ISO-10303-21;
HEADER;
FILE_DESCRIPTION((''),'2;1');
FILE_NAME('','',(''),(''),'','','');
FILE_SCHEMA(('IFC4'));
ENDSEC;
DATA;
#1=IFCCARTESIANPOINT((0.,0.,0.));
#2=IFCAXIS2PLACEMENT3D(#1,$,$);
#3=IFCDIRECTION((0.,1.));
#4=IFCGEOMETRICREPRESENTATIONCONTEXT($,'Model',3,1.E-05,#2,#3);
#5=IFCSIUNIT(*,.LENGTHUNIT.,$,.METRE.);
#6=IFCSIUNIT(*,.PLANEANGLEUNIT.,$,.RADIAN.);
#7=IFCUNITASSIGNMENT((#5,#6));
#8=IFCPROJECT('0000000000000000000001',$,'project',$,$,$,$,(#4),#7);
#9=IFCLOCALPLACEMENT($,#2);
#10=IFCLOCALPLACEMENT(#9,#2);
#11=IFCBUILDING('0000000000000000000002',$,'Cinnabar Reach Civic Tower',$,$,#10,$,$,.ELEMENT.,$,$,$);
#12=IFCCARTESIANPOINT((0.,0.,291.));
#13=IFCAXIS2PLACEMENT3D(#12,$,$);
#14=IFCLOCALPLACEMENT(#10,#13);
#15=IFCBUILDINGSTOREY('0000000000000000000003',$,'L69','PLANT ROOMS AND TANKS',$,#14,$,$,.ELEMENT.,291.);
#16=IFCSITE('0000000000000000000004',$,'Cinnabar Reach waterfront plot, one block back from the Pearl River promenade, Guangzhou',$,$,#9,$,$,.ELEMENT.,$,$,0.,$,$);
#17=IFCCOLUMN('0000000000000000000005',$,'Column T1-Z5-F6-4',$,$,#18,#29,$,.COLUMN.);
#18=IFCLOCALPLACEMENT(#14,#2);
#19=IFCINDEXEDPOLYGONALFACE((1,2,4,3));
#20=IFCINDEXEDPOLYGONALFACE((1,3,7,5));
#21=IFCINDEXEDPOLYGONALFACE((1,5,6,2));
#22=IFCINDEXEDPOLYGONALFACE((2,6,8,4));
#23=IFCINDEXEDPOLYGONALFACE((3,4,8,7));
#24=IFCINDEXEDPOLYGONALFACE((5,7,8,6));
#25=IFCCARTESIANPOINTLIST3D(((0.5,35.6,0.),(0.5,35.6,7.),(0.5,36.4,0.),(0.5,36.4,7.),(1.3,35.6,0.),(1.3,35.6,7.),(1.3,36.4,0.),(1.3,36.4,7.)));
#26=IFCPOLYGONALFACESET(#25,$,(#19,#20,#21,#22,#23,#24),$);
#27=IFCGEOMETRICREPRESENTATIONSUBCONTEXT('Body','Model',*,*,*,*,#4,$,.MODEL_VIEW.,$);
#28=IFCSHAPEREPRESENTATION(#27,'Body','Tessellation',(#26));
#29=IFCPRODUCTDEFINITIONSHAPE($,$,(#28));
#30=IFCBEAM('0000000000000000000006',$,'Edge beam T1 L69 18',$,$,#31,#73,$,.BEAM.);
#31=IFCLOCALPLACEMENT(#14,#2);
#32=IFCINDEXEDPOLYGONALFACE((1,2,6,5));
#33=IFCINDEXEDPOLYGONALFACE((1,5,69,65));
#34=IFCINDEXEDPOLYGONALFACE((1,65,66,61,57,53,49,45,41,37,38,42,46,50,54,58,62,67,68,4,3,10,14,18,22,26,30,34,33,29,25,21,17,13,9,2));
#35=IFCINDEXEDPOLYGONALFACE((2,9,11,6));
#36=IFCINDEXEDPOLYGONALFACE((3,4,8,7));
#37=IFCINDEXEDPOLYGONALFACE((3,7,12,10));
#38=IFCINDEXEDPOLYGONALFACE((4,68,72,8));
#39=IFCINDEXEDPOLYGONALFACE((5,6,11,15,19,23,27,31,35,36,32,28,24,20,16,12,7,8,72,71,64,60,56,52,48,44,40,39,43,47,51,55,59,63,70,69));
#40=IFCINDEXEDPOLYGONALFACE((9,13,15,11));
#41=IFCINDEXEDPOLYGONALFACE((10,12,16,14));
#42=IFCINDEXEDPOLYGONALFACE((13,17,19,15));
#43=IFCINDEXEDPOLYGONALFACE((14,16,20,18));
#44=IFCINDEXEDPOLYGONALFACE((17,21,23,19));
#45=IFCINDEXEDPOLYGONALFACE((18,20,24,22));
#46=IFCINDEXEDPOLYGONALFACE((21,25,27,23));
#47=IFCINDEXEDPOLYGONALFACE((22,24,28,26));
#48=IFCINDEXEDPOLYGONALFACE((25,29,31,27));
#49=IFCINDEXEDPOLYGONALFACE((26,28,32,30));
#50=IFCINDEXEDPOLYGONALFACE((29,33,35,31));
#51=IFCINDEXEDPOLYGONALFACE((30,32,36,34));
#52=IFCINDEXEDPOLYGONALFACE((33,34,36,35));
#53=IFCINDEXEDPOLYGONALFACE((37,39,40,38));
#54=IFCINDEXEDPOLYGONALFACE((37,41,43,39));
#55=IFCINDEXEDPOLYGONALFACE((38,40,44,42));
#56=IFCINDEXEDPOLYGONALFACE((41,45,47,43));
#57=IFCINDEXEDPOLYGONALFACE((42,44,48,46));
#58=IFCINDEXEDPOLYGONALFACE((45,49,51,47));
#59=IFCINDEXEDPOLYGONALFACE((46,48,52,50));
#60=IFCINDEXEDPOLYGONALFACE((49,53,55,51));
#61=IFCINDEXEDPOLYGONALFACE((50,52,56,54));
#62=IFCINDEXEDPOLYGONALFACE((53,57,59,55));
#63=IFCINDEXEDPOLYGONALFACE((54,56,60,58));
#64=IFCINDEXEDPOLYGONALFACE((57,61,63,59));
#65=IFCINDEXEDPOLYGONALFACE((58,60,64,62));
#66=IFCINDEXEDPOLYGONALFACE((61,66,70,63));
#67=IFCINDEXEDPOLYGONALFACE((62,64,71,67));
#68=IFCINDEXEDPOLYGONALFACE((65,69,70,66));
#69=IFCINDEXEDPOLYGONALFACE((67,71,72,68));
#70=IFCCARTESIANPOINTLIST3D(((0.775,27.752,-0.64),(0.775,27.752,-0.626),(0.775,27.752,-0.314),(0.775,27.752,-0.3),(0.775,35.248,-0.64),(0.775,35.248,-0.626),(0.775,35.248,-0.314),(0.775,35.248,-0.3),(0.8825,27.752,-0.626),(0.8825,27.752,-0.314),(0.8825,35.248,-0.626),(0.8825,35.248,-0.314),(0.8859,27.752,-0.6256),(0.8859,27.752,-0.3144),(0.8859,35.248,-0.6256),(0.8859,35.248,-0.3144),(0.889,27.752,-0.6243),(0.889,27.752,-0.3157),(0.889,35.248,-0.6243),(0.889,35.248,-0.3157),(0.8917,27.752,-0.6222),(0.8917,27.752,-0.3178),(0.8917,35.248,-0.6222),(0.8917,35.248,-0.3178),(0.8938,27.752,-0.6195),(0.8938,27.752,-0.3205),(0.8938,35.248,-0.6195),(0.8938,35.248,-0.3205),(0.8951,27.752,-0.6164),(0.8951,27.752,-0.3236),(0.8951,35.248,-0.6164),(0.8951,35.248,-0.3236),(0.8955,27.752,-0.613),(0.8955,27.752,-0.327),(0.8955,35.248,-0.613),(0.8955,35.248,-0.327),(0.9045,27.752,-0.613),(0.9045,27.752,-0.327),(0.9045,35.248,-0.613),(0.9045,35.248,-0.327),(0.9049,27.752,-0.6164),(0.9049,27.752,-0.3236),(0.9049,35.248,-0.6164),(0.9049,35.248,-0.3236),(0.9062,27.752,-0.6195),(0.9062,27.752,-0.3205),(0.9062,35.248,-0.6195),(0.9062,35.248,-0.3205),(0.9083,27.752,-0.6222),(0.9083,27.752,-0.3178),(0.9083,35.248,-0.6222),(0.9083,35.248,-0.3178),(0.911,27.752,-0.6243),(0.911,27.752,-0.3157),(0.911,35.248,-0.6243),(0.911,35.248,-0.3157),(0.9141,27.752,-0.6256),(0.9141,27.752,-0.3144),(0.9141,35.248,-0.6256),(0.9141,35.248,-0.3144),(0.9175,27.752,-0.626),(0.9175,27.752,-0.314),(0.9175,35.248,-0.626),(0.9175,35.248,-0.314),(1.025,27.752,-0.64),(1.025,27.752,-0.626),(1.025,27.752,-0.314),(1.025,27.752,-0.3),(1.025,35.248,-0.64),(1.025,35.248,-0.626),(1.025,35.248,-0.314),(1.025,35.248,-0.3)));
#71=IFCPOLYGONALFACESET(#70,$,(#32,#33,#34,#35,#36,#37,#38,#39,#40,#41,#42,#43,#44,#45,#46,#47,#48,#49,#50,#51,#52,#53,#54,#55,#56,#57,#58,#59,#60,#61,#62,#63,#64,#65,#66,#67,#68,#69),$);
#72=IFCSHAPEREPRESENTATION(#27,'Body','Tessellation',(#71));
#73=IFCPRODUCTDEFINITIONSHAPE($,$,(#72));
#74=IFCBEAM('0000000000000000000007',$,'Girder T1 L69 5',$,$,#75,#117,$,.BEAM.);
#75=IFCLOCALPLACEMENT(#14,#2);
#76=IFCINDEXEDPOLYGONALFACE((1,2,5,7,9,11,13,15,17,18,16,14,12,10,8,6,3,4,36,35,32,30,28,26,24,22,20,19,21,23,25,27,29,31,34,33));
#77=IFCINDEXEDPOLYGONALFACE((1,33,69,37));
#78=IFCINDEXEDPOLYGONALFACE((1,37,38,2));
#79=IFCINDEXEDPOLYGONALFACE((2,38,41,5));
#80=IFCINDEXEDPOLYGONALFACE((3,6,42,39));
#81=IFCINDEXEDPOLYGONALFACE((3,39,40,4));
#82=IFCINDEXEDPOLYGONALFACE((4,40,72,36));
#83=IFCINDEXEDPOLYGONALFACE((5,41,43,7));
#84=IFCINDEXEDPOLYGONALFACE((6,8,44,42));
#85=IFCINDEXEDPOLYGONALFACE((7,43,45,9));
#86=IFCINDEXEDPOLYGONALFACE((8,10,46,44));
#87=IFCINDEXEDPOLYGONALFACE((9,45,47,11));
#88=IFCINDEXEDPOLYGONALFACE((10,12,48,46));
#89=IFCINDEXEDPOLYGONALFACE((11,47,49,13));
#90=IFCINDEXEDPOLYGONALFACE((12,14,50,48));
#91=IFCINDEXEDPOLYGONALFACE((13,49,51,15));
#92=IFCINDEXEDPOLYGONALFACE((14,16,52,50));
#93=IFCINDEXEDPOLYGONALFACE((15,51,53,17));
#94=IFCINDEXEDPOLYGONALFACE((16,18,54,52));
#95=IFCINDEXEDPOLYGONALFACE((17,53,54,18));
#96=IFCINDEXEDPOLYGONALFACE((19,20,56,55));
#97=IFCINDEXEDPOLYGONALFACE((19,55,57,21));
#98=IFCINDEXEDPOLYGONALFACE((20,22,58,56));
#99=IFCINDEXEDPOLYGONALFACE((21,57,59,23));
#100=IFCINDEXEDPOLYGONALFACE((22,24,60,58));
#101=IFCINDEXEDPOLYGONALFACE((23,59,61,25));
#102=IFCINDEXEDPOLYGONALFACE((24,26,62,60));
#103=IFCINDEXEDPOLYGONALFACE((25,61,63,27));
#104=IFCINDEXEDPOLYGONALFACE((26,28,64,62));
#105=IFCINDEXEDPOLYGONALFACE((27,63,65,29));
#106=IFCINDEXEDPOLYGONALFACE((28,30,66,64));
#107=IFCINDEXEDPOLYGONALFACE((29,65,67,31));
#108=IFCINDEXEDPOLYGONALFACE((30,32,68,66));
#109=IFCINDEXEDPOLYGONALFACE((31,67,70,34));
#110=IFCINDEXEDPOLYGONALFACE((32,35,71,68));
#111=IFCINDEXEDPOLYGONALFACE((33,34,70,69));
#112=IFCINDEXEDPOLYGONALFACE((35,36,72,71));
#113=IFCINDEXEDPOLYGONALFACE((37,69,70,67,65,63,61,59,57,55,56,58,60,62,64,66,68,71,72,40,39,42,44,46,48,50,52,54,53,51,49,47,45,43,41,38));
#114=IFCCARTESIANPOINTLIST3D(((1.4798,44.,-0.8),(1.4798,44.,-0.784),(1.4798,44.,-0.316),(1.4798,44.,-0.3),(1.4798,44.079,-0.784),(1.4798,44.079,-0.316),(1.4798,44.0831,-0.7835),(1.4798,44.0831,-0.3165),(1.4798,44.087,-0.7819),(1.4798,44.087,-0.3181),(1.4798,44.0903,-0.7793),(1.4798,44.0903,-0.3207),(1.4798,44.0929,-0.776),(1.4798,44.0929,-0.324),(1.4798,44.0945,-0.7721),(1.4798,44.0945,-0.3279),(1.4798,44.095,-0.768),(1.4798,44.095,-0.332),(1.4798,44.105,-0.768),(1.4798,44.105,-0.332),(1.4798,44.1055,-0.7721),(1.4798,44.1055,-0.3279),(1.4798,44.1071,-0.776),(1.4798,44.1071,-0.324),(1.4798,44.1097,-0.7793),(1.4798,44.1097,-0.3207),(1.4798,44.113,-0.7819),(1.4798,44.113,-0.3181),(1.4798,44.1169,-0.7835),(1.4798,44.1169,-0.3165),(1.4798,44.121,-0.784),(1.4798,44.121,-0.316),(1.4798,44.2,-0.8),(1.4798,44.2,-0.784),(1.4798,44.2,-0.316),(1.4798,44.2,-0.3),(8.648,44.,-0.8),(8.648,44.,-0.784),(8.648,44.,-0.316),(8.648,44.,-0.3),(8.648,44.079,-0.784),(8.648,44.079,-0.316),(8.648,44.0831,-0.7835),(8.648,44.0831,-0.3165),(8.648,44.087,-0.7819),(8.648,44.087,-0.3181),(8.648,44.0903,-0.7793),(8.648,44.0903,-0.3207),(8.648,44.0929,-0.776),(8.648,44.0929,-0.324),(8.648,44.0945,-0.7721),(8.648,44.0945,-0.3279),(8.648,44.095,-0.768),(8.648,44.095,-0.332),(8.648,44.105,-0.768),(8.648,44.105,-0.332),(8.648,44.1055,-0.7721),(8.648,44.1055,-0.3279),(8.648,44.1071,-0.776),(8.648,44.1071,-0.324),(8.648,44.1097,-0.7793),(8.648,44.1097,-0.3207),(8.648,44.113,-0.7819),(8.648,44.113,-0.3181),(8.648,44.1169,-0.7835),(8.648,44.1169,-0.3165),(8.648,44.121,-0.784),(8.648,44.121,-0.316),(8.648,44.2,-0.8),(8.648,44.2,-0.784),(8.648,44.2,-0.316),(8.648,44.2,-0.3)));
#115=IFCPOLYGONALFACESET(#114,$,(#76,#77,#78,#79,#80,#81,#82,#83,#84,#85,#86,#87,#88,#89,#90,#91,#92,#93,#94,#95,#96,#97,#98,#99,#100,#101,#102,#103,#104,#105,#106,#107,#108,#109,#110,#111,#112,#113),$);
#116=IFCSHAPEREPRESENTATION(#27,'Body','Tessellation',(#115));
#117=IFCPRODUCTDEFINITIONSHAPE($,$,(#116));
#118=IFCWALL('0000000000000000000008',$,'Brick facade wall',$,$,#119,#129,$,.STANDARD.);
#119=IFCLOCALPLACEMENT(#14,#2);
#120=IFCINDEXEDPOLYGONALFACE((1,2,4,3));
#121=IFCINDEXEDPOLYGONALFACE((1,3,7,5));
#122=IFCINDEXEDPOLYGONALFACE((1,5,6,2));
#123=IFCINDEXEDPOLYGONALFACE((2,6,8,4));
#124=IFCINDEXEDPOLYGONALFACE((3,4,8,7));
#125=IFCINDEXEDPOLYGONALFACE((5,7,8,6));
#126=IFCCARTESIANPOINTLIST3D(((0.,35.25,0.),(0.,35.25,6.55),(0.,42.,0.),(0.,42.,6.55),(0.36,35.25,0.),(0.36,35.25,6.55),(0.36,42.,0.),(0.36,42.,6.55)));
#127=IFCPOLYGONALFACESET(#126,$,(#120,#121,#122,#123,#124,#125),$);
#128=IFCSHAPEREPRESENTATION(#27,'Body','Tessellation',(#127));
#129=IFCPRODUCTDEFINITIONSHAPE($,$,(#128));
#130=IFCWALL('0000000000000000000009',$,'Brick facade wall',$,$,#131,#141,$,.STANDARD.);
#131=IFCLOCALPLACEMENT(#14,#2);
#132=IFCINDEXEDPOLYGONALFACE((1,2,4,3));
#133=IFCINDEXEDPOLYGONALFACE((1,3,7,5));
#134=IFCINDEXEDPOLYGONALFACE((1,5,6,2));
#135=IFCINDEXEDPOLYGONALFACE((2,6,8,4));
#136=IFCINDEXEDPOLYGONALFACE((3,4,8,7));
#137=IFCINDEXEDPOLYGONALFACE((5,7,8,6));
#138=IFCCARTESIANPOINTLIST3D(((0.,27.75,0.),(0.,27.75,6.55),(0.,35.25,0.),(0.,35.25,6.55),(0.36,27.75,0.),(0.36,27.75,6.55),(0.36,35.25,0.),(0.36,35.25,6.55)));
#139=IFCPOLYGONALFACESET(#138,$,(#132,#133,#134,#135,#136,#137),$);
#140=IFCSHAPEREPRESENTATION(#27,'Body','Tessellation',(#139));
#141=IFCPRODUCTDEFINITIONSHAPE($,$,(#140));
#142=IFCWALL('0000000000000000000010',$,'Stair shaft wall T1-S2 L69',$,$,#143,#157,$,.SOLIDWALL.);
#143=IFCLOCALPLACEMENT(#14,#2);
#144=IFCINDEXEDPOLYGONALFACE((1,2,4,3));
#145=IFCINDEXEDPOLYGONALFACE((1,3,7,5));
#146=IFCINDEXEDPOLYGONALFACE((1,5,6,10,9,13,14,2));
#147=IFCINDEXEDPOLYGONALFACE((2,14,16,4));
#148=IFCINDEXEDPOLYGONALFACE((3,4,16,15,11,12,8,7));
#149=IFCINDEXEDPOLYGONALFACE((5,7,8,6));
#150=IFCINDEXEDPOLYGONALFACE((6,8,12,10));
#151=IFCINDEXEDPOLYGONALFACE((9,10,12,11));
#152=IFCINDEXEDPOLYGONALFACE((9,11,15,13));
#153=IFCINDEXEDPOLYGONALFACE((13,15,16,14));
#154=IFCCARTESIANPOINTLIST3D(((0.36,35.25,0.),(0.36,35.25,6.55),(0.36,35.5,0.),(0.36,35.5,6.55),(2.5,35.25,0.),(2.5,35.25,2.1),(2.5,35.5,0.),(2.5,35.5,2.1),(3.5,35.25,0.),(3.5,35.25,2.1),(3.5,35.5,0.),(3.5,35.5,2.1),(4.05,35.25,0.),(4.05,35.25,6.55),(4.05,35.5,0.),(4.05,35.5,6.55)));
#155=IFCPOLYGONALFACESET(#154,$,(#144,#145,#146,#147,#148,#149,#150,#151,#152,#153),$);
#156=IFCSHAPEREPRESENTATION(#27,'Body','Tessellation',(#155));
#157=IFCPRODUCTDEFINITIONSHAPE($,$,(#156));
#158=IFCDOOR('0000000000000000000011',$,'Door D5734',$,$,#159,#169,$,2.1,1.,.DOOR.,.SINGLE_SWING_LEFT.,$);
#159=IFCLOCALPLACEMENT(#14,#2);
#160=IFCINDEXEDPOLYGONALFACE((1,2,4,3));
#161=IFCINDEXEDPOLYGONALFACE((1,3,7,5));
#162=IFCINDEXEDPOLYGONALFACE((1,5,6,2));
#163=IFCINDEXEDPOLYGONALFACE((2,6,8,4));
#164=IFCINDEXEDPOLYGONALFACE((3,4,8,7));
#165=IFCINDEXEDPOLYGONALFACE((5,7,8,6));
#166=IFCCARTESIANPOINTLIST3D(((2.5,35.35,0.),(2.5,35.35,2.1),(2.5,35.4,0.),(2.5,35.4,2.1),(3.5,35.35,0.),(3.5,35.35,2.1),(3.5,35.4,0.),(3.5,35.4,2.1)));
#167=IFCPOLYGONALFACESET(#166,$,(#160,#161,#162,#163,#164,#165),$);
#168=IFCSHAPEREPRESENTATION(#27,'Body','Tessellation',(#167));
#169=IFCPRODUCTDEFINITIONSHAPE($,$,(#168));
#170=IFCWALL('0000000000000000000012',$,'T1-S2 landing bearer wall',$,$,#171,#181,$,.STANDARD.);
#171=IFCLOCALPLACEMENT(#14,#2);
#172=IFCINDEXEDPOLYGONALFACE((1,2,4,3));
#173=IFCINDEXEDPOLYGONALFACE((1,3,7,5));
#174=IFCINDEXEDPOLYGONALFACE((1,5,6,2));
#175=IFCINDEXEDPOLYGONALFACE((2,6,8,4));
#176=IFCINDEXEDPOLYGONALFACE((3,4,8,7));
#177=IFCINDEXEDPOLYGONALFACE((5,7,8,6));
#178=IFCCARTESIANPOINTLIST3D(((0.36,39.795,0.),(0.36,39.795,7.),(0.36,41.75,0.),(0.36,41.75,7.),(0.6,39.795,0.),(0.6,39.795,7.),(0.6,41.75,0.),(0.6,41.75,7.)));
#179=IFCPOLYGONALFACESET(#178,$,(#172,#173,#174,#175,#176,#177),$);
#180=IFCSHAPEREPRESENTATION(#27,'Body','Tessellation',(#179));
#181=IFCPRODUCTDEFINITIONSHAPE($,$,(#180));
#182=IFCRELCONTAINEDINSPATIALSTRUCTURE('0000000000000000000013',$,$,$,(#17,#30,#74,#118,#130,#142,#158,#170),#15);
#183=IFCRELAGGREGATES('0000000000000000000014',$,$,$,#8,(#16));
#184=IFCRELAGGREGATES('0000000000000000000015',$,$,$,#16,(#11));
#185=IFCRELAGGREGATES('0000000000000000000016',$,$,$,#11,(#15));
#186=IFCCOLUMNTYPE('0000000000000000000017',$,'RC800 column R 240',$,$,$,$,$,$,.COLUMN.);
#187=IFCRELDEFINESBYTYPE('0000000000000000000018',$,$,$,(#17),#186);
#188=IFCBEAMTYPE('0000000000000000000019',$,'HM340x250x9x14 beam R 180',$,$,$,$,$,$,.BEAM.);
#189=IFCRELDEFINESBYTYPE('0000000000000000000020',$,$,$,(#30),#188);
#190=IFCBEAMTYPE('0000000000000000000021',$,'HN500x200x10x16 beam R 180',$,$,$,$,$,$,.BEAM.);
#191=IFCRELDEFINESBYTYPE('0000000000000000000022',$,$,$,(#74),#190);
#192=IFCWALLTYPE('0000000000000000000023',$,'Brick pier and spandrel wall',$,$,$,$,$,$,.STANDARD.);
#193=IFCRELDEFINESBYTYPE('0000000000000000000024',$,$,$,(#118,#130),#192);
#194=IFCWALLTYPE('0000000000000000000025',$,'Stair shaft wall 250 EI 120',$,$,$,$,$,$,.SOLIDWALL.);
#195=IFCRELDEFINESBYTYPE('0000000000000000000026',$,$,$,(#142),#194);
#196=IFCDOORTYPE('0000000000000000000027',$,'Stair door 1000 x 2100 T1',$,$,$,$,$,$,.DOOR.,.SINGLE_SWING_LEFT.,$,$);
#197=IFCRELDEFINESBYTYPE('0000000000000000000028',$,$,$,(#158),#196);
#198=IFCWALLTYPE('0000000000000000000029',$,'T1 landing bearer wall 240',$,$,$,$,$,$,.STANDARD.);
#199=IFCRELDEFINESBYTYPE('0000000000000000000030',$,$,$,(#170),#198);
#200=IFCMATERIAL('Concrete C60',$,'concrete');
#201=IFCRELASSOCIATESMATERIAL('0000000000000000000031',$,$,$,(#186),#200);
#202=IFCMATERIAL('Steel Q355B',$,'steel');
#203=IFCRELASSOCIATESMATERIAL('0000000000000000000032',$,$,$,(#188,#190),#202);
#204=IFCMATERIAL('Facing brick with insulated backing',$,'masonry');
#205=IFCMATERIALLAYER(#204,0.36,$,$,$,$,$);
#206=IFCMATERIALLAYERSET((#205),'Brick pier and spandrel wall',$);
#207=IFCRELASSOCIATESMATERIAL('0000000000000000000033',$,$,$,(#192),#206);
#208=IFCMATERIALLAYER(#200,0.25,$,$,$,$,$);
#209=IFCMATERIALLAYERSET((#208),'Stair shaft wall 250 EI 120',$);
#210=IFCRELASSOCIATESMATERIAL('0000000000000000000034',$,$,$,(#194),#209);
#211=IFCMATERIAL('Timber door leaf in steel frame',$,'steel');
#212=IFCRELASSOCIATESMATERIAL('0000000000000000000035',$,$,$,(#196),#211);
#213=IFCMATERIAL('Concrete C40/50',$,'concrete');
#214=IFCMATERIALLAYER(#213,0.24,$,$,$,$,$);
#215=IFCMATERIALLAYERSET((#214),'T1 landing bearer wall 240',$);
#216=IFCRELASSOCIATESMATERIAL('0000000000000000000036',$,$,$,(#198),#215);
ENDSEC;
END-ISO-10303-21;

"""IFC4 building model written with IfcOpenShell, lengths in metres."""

from ifc_helpers import new_model, si_unit, direction, frame, frame_2d, origin, origin_2d, place, context, subcontext, project, spatial, rectangle, i_section, extrude, material, layer, layer_set, material_profile, profile_set, type_object, element, fill, save


model = new_model("IFC4")

# Units and contexts
model_context = context("Model", 3, precision=1e-05, world=origin(), true_north=direction((0.0, 1.0)))
body_context = subcontext(model_context, "Body", "Model", "MODEL_VIEW")
ifc_project = project(units=[si_unit("LENGTHUNIT", "METRE"), si_unit("PLANEANGLEUNIT", "RADIAN")], contexts=[model_context])

# Site, building, storey
site_placement = place(None, origin())
site = spatial("IfcSite", under=ifc_project, at=site_placement, Name="Cinnabar Reach waterfront plot, one block back from the Pearl River promenade, Guangzhou", CompositionType="ELEMENT", RefElevation=0.0)
building_placement = place(site_placement, origin())
building = spatial("IfcBuilding", under=site, at=building_placement, Name="Cinnabar Reach Civic Tower", CompositionType="ELEMENT")
storey_placement = place(building_placement, frame((0.0, 0.0, 291.0)))
storey = spatial("IfcBuildingStorey", under=building, at=storey_placement, Name="L69", Description="PLANT ROOMS AND TANKS", CompositionType="ELEMENT", Elevation=291.0)

# Column
ifc_material_1 = material(Name="Concrete C60", Category="concrete")
ifc_material_profile_1 = material_profile(ifc_material_1, rectangle(XDim=0.8, YDim=0.8, at=origin_2d()), Name="RC800")
ifc_profile_set_1 = profile_set([ifc_material_profile_1], Name="Concrete C60")
column_type = type_object("IfcColumnType", Name="RC800 column R 240", PredefinedType="COLUMN", material=ifc_profile_set_1)
column_placement = place(storey_placement, frame((0.9, 36.0, 0.0), z_axis=(0.0, 0.0, 1.0), x_axis=(1.0, 0.0, 0.0)))
element("IfcColumn", 1, at=column_placement, inside=storey, type_object=column_type, Name="Column T1-Z5-F6-4", PredefinedType="COLUMN", context=body_context, shape_type="SweptSolid", body=[
    extrude(rectangle(XDim=0.8, YDim=0.8, at=origin_2d()), origin(), (0.0, 0.0, 1.0), 7.0),
])

# Beams
ifc_material_2 = material(Name="Steel Q355B", Category="steel")
ifc_material_profile_2 = material_profile(ifc_material_2, i_section(OverallWidth=0.25, OverallDepth=0.34, WebThickness=0.009, FlangeThickness=0.014, FilletRadius=0.013, at=origin_2d()), Name="HM340x250x9x14")
ifc_profile_set_2 = profile_set([ifc_material_profile_2], Name="Steel Q355B")
beam_type_1 = type_object("IfcBeamType", Name="HM340x250x9x14 beam R 180", PredefinedType="BEAM", material=ifc_profile_set_2)
beam_1_placement = place(storey_placement, frame((0.9, 35.248, -0.47), z_axis=(0.0, -1.0, 0.0), x_axis=(1.0, 0.0, 0.0)))
element("IfcBeam", 2, at=beam_1_placement, inside=storey, type_object=beam_type_1, Name="Edge beam T1 L69 18", PredefinedType="BEAM", context=body_context, shape_type="SweptSolid", body=[
    extrude(i_section(OverallWidth=0.25, OverallDepth=0.34, WebThickness=0.009, FlangeThickness=0.014, FilletRadius=0.013, at=origin_2d()), origin(), (0.0, 0.0, 1.0), 7.496),
])
ifc_material_profile_3 = material_profile(ifc_material_2, i_section(OverallWidth=0.2, OverallDepth=0.5, WebThickness=0.01, FlangeThickness=0.016, FilletRadius=0.016, at=origin_2d()), Name="HN500x200x10x16")
ifc_profile_set_3 = profile_set([ifc_material_profile_3], Name="Steel Q355B")
beam_type_2 = type_object("IfcBeamType", Name="HN500x200x10x16 beam R 180", PredefinedType="BEAM", material=ifc_profile_set_3)
beam_2_placement = place(storey_placement, frame((1.4798, 44.1, -0.55), z_axis=(1.0, 0.0, 0.0), x_axis=(0.0, 1.0, 0.0)))
element("IfcBeam", 3, at=beam_2_placement, inside=storey, type_object=beam_type_2, Name="Girder T1 L69 5", PredefinedType="BEAM", context=body_context, shape_type="SweptSolid", body=[
    extrude(i_section(OverallWidth=0.2, OverallDepth=0.5, WebThickness=0.01, FlangeThickness=0.016, FilletRadius=0.016, at=origin_2d()), origin(), (0.0, 0.0, 1.0), 7.1682),
])

# Walls
ifc_material_3 = material(Name="Facing brick with insulated backing", Category="masonry")
ifc_layer_1 = layer(ifc_material_3, 0.36)
ifc_layer_set_1 = layer_set([ifc_layer_1], Name="Brick pier and spandrel wall")
wall_type_1 = type_object("IfcWallType", Name="Brick pier and spandrel wall", PredefinedType="STANDARD", material=ifc_layer_set_1)
wall_1_placement = place(storey_placement, frame((0.18, 42.0, 0.0), z_axis=(0.0, 0.0, 1.0), x_axis=(0.0, -1.0, 0.0)))
element("IfcWall", 4, at=wall_1_placement, inside=storey, type_object=wall_type_1, Name="Brick facade wall", PredefinedType="STANDARD", context=body_context, shape_type="SweptSolid", body=[
    extrude(rectangle(XDim=6.75, YDim=0.36, at=frame_2d((3.375, 0.0))), origin(), (0.0, 0.0, 1.0), 6.55),
])
wall_2_placement = place(storey_placement, frame((0.18, 35.25, 0.0), z_axis=(0.0, 0.0, 1.0), x_axis=(0.0, -1.0, 0.0)))
element("IfcWall", 5, at=wall_2_placement, inside=storey, type_object=wall_type_1, Name="Brick facade wall", PredefinedType="STANDARD", context=body_context, shape_type="SweptSolid", body=[
    extrude(rectangle(XDim=7.5, YDim=0.36, at=frame_2d((3.75, 0.0))), origin(), (0.0, 0.0, 1.0), 6.55),
])

# Wall, opening, door
ifc_layer_2 = layer(ifc_material_1, 0.25)
ifc_layer_set_2 = layer_set([ifc_layer_2], Name="Stair shaft wall 250 EI 120")
wall_type_2 = type_object("IfcWallType", Name="Stair shaft wall 250 EI 120", PredefinedType="SOLIDWALL", material=ifc_layer_set_2)
wall_3_placement = place(storey_placement, frame((0.36, 35.375, 0.0), z_axis=(0.0, 0.0, 1.0), x_axis=(1.0, 0.0, 0.0)))
wall_3 = element("IfcWall", 6, at=wall_3_placement, inside=storey, type_object=wall_type_2, Name="Stair shaft wall T1-S2 L69", PredefinedType="SOLIDWALL", context=body_context, shape_type="SweptSolid", body=[
    extrude(rectangle(XDim=3.69, YDim=0.25, at=frame_2d((1.845, 0.0))), origin(), (0.0, 0.0, 1.0), 6.55),
])
opening_placement = place(wall_3_placement, frame((2.14, 0.0, 0.0)))
opening = element("IfcOpeningElement", 7, at=opening_placement, cuts=wall_3, PredefinedType="OPENING", context=body_context, shape_type="SweptSolid", body=[
    extrude(rectangle(XDim=1.0, YDim=2.1, at=frame_2d((0.5, 1.05))), frame((0.0, 0.135, 0.0), z_axis=(0.0, -1.0, 0.0), x_axis=(1.0, 0.0, 0.0)), (0.0, 0.0, 1.0), 0.27),
])
ifc_material_4 = material(Name="Timber door leaf in steel frame", Category="steel")
door_type = type_object("IfcDoorType", Name="Stair door 1000 x 2100 T1", OperationType="SINGLE_SWING_LEFT", PredefinedType="DOOR", material=ifc_material_4)
door_placement = place(opening_placement, origin())
door = element("IfcDoor", 8, at=door_placement, inside=storey, type_object=door_type, Name="Door D5734", OperationType="SINGLE_SWING_LEFT", OverallHeight=2.1, OverallWidth=1.0, PredefinedType="DOOR", context=body_context, shape_type="SweptSolid", body=[
    extrude(rectangle(XDim=1.0, YDim=2.1, at=frame_2d((0.5, 1.05))), frame((0.0, 0.025, 0.0), z_axis=(0.0, -1.0, 0.0), x_axis=(1.0, 0.0, 0.0)), (0.0, 0.0, 1.0), 0.05),
])
fill(opening, door)

# Wall
ifc_material_5 = material(Name="Concrete C40/50", Category="concrete")
ifc_layer_3 = layer(ifc_material_5, 0.24)
ifc_layer_set_3 = layer_set([ifc_layer_3], Name="T1 landing bearer wall 240")
wall_type_3 = type_object("IfcWallType", Name="T1 landing bearer wall 240", PredefinedType="STANDARD", material=ifc_layer_set_3)
wall_4_placement = place(storey_placement, frame((0.48, 39.795, 0.0), z_axis=(0.0, 0.0, 1.0), x_axis=(0.0, 1.0, 0.0)))
element("IfcWall", 9, at=wall_4_placement, inside=storey, type_object=wall_type_3, Name="T1-S2 landing bearer wall", PredefinedType="STANDARD", context=body_context, shape_type="SweptSolid", body=[
    extrude(rectangle(XDim=1.955, YDim=0.24, at=frame_2d((0.9775, 0.0))), origin(), (0.0, 0.0, 1.0), 7.0),
])

save(model, "model.ifc")
